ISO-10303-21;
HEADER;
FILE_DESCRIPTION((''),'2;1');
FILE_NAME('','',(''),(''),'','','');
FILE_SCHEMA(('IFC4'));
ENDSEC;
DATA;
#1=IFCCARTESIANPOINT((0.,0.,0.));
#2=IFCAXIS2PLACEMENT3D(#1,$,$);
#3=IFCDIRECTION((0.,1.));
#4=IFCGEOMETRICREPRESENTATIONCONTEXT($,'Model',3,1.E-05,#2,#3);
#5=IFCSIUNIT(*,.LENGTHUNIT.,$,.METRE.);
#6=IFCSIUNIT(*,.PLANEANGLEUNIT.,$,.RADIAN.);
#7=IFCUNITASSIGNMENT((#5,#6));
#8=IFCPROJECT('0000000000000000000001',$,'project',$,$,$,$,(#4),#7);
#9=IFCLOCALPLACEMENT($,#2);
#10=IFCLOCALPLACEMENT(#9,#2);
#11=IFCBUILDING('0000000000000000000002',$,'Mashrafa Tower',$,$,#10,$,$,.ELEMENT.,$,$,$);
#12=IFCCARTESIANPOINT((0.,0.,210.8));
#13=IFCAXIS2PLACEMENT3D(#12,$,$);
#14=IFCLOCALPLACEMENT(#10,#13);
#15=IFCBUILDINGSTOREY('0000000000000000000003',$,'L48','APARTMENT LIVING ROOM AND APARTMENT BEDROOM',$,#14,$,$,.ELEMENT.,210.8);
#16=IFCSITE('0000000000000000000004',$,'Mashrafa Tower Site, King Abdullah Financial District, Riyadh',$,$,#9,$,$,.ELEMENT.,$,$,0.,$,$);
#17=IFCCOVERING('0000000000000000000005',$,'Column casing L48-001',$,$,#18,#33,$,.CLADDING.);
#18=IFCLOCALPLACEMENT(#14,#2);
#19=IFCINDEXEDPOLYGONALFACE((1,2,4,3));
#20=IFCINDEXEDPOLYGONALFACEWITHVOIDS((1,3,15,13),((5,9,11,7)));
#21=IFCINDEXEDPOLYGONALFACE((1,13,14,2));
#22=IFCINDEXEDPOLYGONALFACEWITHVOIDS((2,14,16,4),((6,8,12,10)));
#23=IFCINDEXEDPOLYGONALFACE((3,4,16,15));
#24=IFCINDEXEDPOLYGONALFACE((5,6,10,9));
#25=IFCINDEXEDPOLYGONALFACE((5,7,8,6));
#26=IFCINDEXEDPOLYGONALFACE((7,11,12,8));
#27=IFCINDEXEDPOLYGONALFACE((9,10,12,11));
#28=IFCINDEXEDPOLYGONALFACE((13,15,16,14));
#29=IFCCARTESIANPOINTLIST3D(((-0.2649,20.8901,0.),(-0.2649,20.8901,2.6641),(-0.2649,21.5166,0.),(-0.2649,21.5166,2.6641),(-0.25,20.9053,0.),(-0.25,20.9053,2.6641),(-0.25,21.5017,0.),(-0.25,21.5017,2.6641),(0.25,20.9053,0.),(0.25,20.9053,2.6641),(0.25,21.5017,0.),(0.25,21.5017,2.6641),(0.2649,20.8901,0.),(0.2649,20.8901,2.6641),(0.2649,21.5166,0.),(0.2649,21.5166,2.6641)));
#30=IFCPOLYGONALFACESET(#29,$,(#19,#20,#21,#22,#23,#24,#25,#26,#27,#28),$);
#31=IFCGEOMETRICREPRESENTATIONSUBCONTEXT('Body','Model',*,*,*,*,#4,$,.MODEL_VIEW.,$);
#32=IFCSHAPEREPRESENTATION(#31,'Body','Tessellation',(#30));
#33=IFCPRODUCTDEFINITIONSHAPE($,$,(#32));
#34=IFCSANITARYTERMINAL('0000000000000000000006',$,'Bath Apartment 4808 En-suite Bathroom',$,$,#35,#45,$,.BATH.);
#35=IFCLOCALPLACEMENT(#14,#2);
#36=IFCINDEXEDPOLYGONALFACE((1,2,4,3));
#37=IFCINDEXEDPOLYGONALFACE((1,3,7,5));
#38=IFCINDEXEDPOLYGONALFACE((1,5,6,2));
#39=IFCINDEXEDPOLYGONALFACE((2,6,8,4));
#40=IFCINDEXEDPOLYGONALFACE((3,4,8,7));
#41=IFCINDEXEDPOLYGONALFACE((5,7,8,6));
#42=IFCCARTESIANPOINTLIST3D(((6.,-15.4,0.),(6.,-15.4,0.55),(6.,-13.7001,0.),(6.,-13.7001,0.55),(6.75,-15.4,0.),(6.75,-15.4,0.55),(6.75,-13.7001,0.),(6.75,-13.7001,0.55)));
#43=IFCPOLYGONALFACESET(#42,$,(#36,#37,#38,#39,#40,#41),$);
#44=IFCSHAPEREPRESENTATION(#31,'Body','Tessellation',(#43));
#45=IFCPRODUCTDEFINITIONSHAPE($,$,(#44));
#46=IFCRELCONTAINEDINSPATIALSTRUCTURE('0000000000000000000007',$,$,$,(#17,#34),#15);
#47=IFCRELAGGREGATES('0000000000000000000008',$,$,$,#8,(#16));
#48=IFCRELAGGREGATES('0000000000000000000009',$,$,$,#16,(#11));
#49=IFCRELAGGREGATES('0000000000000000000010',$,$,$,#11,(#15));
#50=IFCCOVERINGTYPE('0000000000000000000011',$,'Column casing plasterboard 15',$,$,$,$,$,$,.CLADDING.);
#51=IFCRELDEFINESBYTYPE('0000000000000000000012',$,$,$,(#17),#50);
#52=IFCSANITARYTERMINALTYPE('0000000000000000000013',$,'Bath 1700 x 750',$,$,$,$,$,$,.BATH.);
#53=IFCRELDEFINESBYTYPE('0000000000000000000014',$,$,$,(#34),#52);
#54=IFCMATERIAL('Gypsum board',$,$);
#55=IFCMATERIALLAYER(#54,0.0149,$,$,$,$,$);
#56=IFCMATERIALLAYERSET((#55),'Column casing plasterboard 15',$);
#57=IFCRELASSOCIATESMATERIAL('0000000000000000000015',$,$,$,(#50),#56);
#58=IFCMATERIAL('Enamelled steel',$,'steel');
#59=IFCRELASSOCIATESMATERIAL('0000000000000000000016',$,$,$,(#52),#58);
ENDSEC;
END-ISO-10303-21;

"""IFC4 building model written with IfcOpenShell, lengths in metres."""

from ifc_helpers import new_model, si_unit, direction, frame, origin, origin_2d, place, context, subcontext, project, spatial, polyline, rectangle, outline, extrude, material, layer, layer_set, type_object, element, save


model = new_model("IFC4")

# Units and contexts
model_context = context("Model", 3, precision=1e-05, world=origin(), true_north=direction((0.0, 1.0)))
body_context = subcontext(model_context, "Body", "Model", "MODEL_VIEW")
ifc_project = project(units=[si_unit("LENGTHUNIT", "METRE"), si_unit("PLANEANGLEUNIT", "RADIAN")], contexts=[model_context])

# Site, building, storey
site_placement = place(None, origin())
site = spatial("IfcSite", under=ifc_project, at=site_placement, Name="Mashrafa Tower Site, King Abdullah Financial District, Riyadh", CompositionType="ELEMENT", RefElevation=0.0)
building_placement = place(site_placement, origin())
building = spatial("IfcBuilding", under=site, at=building_placement, Name="Mashrafa Tower", CompositionType="ELEMENT")
storey_placement = place(building_placement, frame((0.0, 0.0, 210.8)))
storey = spatial("IfcBuildingStorey", under=building, at=storey_placement, Name="L48", Description="APARTMENT LIVING ROOM AND APARTMENT BEDROOM", CompositionType="ELEMENT", Elevation=210.8)

# Covering
ifc_material_1 = material(Name="Gypsum board")
ifc_layer_1 = layer(ifc_material_1, 0.0149)
ifc_layer_set_1 = layer_set([ifc_layer_1], Name="Column casing plasterboard 15")
covering_type = type_object("IfcCoveringType", Name="Column casing plasterboard 15", PredefinedType="CLADDING", material=ifc_layer_set_1)
covering_placement = place(storey_placement, origin())
element("IfcCovering", 1, at=covering_placement, inside=storey, type_object=covering_type, Name="Column casing L48-001", PredefinedType="CLADDING", context=body_context, shape_type="SweptSolid", body=[
    extrude(outline(polyline([(-0.2649, 21.5166), (0.2649, 21.5166), (0.2649, 20.8901), (-0.2649, 20.8901), (-0.2649, 21.5166)]), holes=[polyline([(0.25, 20.9053), (0.25, 21.5017), (-0.25, 21.5017), (-0.25, 20.9053), (0.25, 20.9053)])]), origin(), (0.0, 0.0, 1.0), 2.6641),
])

# Sanitary terminal
ifc_material_2 = material(Name="Enamelled steel", Category="steel")
sanitary_terminal_type = type_object("IfcSanitaryTerminalType", Name="Bath 1700 x 750", PredefinedType="BATH", material=ifc_material_2)
sanitary_terminal_placement = place(storey_placement, frame((6.375, -14.55, 0.0), z_axis=(0.0, 0.0, 1.0), x_axis=(0.0, -1.0, 0.0)))
element("IfcSanitaryTerminal", 2, at=sanitary_terminal_placement, inside=storey, type_object=sanitary_terminal_type, Name="Bath Apartment 4808 En-suite Bathroom", PredefinedType="BATH", context=body_context, shape_type="SweptSolid", body=[
    extrude(rectangle(XDim=1.7, YDim=0.75, at=origin_2d()), origin(), (0.0, 0.0, 1.0), 0.55),
])

save(model, "model.ifc")
